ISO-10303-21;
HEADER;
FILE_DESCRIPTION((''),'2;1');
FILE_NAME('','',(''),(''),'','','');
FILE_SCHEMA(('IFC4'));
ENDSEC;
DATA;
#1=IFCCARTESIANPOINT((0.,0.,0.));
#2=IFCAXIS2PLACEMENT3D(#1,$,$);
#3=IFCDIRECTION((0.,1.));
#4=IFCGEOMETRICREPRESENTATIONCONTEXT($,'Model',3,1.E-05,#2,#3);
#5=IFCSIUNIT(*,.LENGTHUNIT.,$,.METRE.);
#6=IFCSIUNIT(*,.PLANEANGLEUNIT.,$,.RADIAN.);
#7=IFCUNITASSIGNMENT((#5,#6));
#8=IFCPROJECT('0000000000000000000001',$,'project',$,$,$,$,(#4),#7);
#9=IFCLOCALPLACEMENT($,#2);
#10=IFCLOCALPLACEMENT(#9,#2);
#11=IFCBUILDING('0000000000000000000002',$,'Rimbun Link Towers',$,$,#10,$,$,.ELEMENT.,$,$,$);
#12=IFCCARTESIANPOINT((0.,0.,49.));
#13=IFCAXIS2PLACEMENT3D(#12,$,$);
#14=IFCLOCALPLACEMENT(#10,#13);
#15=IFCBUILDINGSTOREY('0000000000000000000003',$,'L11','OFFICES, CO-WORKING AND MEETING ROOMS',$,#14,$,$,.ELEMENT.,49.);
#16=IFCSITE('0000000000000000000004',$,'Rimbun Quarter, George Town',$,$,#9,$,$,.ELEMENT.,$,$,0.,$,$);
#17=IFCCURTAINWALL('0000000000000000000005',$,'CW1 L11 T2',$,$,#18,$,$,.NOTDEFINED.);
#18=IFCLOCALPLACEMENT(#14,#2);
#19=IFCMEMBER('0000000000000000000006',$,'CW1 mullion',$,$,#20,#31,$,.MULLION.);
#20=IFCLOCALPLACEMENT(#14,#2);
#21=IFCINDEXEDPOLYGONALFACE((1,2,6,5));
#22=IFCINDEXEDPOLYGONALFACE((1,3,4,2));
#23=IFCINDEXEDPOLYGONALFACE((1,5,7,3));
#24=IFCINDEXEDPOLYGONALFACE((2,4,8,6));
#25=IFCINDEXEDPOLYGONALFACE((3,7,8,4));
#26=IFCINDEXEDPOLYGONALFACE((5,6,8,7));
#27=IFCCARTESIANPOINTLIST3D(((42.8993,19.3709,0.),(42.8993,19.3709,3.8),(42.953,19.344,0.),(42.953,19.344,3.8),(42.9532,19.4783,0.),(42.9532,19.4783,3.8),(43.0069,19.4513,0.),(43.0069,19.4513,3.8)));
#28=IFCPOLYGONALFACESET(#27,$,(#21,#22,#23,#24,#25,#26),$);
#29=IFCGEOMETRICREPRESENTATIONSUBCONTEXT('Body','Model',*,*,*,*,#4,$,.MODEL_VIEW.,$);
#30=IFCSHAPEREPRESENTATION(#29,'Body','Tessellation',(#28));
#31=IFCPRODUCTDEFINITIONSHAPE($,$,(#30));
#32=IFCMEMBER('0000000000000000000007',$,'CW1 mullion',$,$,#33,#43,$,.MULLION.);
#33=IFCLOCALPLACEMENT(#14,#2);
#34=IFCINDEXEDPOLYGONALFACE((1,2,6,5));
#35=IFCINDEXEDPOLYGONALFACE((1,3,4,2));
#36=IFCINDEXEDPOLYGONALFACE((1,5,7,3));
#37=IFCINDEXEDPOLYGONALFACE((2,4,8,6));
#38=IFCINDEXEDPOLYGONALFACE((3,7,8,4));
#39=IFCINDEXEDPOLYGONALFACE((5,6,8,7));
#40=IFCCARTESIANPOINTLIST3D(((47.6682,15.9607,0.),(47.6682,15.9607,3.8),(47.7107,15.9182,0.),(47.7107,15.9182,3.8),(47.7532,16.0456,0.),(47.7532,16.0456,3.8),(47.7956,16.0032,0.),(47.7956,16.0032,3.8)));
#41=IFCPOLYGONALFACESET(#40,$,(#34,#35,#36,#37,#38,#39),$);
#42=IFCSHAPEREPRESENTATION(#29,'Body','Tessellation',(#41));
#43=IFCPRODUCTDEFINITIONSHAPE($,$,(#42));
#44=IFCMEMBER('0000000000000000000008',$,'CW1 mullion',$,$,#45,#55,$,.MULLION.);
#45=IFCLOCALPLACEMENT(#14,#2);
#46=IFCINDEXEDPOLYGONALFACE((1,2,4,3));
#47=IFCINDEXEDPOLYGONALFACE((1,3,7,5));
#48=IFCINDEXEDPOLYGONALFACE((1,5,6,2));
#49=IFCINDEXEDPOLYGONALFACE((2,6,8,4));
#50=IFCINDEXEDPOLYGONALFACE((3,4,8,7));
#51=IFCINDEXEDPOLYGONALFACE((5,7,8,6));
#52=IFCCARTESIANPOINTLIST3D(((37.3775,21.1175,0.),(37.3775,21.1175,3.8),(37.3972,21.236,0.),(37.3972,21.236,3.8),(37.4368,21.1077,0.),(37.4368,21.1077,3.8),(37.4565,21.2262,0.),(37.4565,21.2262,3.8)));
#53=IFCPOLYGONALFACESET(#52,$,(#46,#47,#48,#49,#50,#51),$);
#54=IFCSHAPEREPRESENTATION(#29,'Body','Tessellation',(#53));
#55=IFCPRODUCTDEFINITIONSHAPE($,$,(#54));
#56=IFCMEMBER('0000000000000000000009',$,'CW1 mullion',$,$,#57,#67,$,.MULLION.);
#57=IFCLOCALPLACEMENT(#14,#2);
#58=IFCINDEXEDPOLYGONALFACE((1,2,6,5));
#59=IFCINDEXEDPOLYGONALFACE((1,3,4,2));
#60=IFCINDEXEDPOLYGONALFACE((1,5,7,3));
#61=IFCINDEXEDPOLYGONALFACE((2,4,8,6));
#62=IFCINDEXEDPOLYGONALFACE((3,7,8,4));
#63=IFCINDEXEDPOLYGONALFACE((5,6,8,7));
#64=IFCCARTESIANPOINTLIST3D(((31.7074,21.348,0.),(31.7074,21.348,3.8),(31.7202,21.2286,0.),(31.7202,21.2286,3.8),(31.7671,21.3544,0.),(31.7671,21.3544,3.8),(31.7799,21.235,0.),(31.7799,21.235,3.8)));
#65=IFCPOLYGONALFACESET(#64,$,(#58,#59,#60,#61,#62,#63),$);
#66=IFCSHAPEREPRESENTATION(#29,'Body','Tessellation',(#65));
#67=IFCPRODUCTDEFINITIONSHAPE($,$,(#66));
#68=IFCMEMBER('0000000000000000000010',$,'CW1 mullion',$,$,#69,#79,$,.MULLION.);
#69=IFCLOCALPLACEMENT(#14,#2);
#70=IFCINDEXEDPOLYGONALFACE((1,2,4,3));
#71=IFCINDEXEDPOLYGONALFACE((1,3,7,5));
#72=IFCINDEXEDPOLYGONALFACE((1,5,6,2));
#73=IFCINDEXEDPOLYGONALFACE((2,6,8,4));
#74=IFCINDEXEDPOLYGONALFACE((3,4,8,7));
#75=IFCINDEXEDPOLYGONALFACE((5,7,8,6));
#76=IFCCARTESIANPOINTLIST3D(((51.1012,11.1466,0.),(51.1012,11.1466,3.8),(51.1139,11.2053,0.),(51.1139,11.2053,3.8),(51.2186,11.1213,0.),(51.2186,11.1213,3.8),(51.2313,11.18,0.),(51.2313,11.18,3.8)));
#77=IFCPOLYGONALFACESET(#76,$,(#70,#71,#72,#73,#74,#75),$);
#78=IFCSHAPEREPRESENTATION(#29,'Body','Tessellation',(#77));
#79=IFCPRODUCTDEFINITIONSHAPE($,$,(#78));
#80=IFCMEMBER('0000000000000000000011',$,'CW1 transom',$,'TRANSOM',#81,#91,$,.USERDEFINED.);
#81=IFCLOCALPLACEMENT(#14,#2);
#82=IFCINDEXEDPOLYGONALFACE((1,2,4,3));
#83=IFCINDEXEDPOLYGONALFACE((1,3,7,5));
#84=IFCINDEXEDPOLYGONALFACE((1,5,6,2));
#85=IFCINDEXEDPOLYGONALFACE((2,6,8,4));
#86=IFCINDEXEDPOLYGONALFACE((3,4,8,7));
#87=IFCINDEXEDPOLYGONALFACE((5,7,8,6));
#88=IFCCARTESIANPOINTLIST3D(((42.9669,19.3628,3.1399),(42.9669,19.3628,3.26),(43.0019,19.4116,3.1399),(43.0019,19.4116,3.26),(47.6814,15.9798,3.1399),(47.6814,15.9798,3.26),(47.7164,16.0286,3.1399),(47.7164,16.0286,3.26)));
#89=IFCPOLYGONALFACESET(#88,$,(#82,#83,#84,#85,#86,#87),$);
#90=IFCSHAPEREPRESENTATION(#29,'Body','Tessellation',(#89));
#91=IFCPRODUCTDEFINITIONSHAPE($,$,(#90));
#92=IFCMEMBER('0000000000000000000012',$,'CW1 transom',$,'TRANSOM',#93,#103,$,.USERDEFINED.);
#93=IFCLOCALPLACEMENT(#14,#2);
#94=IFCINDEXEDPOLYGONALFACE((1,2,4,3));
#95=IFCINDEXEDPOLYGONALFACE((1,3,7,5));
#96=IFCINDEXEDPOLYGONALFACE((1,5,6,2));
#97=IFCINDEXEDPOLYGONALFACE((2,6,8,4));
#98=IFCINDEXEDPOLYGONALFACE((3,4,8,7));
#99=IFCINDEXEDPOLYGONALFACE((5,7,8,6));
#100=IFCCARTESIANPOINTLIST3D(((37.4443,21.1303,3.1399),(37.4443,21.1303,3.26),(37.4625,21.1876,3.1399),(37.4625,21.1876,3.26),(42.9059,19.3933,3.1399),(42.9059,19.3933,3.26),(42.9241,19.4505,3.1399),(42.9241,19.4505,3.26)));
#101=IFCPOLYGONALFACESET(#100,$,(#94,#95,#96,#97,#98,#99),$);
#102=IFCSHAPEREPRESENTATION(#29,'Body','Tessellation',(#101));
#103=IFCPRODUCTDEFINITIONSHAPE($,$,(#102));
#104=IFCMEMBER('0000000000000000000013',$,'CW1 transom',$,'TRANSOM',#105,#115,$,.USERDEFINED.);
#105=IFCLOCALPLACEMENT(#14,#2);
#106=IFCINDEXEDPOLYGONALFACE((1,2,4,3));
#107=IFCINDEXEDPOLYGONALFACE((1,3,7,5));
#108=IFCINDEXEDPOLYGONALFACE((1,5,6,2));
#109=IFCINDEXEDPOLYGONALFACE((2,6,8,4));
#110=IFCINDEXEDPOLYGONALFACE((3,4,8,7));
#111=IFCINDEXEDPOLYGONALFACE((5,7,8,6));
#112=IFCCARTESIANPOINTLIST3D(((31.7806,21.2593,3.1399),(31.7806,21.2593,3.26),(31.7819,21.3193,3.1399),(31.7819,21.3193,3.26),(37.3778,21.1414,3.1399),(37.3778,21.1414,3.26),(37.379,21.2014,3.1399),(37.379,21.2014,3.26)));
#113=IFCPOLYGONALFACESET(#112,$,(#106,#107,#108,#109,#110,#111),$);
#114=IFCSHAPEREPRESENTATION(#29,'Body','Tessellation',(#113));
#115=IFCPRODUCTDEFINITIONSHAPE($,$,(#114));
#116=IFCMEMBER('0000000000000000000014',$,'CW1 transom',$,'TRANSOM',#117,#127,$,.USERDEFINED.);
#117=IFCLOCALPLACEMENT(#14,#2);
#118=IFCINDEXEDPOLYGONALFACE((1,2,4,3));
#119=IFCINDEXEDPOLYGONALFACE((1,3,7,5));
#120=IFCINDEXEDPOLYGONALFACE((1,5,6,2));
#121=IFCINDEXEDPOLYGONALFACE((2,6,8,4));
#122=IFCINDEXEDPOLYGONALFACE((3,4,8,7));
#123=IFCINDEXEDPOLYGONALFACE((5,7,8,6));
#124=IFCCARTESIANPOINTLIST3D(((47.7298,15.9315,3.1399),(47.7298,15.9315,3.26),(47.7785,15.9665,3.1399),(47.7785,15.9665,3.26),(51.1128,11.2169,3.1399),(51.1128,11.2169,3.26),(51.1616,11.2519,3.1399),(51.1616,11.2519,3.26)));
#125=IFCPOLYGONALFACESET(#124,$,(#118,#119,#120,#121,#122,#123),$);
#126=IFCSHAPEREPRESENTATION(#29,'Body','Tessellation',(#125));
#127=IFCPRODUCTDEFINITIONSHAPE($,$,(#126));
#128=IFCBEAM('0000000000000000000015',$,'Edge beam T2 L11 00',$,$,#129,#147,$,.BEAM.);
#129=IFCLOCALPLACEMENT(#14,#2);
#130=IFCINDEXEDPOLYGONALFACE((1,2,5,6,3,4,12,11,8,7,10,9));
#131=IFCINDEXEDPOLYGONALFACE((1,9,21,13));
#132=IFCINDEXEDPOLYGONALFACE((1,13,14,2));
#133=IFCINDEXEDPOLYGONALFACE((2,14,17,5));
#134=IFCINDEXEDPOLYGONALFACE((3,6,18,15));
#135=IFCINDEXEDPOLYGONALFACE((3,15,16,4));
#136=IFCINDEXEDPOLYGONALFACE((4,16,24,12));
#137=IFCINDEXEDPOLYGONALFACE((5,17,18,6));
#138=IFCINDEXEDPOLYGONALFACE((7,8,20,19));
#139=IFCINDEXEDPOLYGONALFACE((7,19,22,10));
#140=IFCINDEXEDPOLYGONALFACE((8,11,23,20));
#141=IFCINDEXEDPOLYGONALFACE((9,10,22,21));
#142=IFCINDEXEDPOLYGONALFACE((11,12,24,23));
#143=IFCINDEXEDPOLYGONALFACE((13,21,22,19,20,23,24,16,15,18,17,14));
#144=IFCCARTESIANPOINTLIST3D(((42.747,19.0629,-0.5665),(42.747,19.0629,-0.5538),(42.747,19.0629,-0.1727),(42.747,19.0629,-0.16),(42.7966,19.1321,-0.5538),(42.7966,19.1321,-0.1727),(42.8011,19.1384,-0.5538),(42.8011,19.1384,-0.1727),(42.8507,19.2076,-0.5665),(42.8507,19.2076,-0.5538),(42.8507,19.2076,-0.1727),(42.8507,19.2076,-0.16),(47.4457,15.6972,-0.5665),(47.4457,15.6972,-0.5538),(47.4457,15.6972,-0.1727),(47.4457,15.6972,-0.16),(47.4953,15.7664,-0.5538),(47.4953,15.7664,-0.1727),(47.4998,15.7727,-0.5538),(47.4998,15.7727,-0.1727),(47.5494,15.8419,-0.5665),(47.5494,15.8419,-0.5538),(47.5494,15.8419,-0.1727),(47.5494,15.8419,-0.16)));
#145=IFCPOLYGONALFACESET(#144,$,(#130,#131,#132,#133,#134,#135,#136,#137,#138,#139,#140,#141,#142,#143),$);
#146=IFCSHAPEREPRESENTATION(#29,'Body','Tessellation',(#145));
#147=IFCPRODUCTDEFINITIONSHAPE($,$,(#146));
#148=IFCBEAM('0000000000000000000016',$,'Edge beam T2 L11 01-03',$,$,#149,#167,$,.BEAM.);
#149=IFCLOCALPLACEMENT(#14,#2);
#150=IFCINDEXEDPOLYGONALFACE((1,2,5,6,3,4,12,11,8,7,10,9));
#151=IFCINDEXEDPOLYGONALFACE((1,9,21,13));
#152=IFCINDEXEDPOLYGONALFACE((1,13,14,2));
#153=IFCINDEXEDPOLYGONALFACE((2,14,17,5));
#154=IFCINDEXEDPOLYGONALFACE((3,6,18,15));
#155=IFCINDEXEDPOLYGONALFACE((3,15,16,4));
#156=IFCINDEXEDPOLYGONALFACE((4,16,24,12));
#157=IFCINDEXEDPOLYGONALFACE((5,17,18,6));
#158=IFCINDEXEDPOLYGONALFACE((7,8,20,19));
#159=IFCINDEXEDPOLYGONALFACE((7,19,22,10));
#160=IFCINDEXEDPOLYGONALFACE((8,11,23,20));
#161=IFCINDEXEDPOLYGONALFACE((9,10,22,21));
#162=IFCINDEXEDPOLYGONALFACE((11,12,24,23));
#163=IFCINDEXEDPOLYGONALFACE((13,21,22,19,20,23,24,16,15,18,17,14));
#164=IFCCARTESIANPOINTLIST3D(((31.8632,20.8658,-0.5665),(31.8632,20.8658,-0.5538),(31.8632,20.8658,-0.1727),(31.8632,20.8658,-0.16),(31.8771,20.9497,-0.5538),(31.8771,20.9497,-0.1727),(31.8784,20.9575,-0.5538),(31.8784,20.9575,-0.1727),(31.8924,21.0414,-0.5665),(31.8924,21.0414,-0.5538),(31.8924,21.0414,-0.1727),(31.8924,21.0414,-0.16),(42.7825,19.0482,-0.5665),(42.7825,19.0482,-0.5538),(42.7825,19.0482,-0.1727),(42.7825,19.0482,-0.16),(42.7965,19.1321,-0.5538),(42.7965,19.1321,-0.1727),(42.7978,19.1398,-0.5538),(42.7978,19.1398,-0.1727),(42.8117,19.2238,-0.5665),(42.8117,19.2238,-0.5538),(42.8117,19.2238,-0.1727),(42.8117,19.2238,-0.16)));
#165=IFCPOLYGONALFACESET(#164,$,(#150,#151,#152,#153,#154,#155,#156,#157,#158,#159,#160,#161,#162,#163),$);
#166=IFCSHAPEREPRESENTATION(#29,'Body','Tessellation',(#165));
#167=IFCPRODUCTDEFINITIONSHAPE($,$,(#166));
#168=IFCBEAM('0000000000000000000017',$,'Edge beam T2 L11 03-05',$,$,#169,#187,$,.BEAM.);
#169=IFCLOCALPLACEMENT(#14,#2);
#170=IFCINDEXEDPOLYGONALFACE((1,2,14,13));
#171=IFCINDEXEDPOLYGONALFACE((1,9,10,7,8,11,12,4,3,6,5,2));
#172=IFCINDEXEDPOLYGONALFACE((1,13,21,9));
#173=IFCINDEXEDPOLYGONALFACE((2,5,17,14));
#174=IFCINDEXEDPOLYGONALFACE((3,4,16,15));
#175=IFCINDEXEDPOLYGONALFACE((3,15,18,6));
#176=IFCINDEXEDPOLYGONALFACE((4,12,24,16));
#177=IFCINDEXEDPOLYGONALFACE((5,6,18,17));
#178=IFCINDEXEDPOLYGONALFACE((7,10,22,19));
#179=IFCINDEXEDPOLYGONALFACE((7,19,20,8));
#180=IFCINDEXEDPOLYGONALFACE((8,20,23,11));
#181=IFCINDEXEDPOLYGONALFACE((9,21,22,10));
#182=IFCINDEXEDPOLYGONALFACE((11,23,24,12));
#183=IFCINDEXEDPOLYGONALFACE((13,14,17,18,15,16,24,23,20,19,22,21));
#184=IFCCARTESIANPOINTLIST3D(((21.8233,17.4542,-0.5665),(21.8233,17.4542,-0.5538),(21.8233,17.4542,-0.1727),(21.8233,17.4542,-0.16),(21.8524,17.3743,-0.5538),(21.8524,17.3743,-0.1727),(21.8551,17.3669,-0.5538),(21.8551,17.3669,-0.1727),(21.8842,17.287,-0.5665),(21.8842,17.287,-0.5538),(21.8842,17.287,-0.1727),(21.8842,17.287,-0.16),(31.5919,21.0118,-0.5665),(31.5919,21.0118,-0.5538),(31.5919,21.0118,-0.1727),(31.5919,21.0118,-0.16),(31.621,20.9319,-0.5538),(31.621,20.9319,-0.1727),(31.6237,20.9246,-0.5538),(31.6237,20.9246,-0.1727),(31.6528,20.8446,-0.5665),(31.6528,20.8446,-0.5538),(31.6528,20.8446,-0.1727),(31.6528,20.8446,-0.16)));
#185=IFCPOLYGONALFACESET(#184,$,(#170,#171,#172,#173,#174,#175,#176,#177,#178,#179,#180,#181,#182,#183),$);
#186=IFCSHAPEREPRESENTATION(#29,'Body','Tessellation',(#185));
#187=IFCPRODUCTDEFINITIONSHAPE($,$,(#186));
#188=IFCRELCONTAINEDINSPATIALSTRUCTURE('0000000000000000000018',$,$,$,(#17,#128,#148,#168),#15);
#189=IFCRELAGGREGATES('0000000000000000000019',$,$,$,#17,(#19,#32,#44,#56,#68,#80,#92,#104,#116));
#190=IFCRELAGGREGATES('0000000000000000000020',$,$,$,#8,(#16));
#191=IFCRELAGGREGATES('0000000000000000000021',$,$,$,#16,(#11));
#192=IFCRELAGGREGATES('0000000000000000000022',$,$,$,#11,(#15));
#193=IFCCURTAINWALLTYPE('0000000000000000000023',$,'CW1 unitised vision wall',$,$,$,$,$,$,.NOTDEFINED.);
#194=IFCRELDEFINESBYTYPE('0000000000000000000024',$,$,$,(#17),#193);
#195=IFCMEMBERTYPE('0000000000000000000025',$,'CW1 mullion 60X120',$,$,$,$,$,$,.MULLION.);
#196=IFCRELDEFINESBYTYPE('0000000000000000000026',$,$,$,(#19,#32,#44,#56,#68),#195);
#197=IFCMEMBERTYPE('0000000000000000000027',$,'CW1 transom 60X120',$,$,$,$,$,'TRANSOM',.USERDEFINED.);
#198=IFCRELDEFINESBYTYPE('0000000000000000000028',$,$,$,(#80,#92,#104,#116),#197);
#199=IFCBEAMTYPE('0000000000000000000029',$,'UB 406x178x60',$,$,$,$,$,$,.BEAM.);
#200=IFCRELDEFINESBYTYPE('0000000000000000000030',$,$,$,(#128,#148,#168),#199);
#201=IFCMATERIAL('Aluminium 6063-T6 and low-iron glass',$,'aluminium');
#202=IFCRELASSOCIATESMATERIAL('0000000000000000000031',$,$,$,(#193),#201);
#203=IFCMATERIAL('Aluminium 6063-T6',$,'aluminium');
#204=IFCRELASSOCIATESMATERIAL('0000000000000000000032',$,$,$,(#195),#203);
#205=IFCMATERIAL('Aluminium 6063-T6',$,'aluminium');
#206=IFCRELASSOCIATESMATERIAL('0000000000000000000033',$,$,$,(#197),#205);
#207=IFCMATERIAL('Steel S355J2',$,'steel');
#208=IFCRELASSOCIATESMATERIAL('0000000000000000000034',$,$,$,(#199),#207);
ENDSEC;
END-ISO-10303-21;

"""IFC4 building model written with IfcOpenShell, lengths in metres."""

from ifc_helpers import new_model, si_unit, direction, frame, origin, origin_2d, place, context, subcontext, project, spatial, rectangle, i_section, extrude, material, material_profile, profile_set, type_object, element, aggregate, save


model = new_model("IFC4")

# Units and contexts
model_context = context("Model", 3, precision=1e-05, world=origin(), true_north=direction((0.0, 1.0)))
body_context = subcontext(model_context, "Body", "Model", "MODEL_VIEW")
ifc_project = project(units=[si_unit("LENGTHUNIT", "METRE"), si_unit("PLANEANGLEUNIT", "RADIAN")], contexts=[model_context])

# Site, building, storey
site_placement = place(None, origin())
site = spatial("IfcSite", under=ifc_project, at=site_placement, Name="Rimbun Quarter, George Town", CompositionType="ELEMENT", RefElevation=0.0)
building_placement = place(site_placement, origin())
building = spatial("IfcBuilding", under=site, at=building_placement, Name="Rimbun Link Towers", CompositionType="ELEMENT")
storey_placement = place(building_placement, frame((0.0, 0.0, 49.0)))
storey = spatial("IfcBuildingStorey", under=building, at=storey_placement, Name="L11", Description="OFFICES, CO-WORKING AND MEETING ROOMS", CompositionType="ELEMENT", Elevation=49.0)

# Curtain wall, members
ifc_material_1 = material(Name="Aluminium 6063-T6 and low-iron glass", Category="aluminium")
curtain_wall_type = type_object("IfcCurtainWallType", Name="CW1 unitised vision wall", PredefinedType="NOTDEFINED", material=ifc_material_1)
curtain_wall_placement = place(storey_placement, origin())
curtain_wall = element("IfcCurtainWall", 1, at=curtain_wall_placement, inside=storey, type_object=curtain_wall_type, Name="CW1 L11 T2", PredefinedType="NOTDEFINED")
ifc_material_2 = material(Name="Aluminium 6063-T6", Category="aluminium")
ifc_material_profile_1 = material_profile(ifc_material_2, rectangle(XDim=0.1201, YDim=0.0601, at=origin_2d()), Name="MULLION 60X120")
ifc_profile_set_1 = profile_set([ifc_material_profile_1], Name="Aluminium 6063-T6")
member_type_1 = type_object("IfcMemberType", Name="CW1 mullion 60X120", PredefinedType="MULLION", material=ifc_profile_set_1)
member_1_placement = place(storey_placement, frame((42.9531, 19.4111, 0.0), z_axis=(0.0, 0.0, 1.0), x_axis=(0.448568, 0.893749, 0.0)))
member_1 = element("IfcMember", 2, at=member_1_placement, type_object=member_type_1, Name="CW1 mullion", PredefinedType="MULLION", context=body_context, shape_type="SweptSolid", body=[
    extrude(rectangle(XDim=0.1201, YDim=0.0601, at=origin_2d()), origin(), (0.0, 0.0, 1.0), 3.8),
])
member_2_placement = place(storey_placement, frame((47.7319, 15.9819, 0.0), z_axis=(0.0, 0.0, 1.0), x_axis=(0.707107, 0.707107, 0.0)))
member_2 = element("IfcMember", 3, at=member_2_placement, type_object=member_type_1, Name="CW1 mullion", PredefinedType="MULLION", context=body_context, shape_type="SweptSolid", body=[
    extrude(rectangle(XDim=0.1201, YDim=0.0601, at=origin_2d()), origin(), (0.0, 0.0, 1.0), 3.8),
])
member_3_placement = place(storey_placement, frame((37.417, 21.1719, 0.0), z_axis=(0.0, 0.0, 1.0), x_axis=(0.16375, 0.986502, 0.0)))
member_3 = element("IfcMember", 4, at=member_3_placement, type_object=member_type_1, Name="CW1 mullion", PredefinedType="MULLION", context=body_context, shape_type="SweptSolid", body=[
    extrude(rectangle(XDim=0.1201, YDim=0.0601, at=origin_2d()), origin(), (0.0, 0.0, 1.0), 3.8),
])
member_4_placement = place(storey_placement, frame((31.7437, 21.2915, 0.0), z_axis=(0.0, 0.0, 1.0), x_axis=(-0.106643, 0.994297, 0.0)))
member_4 = element("IfcMember", 5, at=member_4_placement, type_object=member_type_1, Name="CW1 mullion", PredefinedType="MULLION", context=body_context, shape_type="SweptSolid", body=[
    extrude(rectangle(XDim=0.1201, YDim=0.0601, at=origin_2d()), origin(), (0.0, 0.0, 1.0), 3.8),
])
member_5_placement = place(storey_placement, frame((51.1663, 11.1633, 0.0), z_axis=(0.0, 0.0, 1.0), x_axis=(0.977529, -0.210802, 0.0)))
member_5 = element("IfcMember", 6, at=member_5_placement, type_object=member_type_1, Name="CW1 mullion", PredefinedType="MULLION", context=body_context, shape_type="SweptSolid", body=[
    extrude(rectangle(XDim=0.1201, YDim=0.0601, at=origin_2d()), origin(), (0.0, 0.0, 1.0), 3.8),
])
ifc_material_3 = material(Name="Aluminium 6063-T6", Category="aluminium")
ifc_material_profile_2 = material_profile(ifc_material_3, rectangle(XDim=0.0601, YDim=0.1201, at=origin_2d()), Name="TRANSOM 60X120")
ifc_profile_set_2 = profile_set([ifc_material_profile_2], Name="Aluminium 6063-T6")
member_type_2 = type_object("IfcMemberType", Name="CW1 transom 60X120", ElementType="TRANSOM", PredefinedType="USERDEFINED", material=ifc_profile_set_2)
member_6_placement = place(storey_placement, frame((42.9844, 19.3872, 3.2), z_axis=(0.812469, -0.583004, 0.0), x_axis=(0.583004, 0.812469, 0.0)))
member_6 = element("IfcMember", 7, at=member_6_placement, type_object=member_type_2, Name="CW1 transom", ObjectType="TRANSOM", PredefinedType="USERDEFINED", context=body_context, shape_type="SweptSolid", body=[
    extrude(rectangle(XDim=0.0601, YDim=0.1201, at=origin_2d()), origin(), (0.0, 0.0, 1.0), 5.8027),
])
member_7_placement = place(storey_placement, frame((37.4534, 21.1589, 3.2), z_axis=(0.952963, -0.303086, 0.0), x_axis=(0.303086, 0.952963, 0.0)))
member_7 = element("IfcMember", 8, at=member_7_placement, type_object=member_type_2, Name="CW1 transom", ObjectType="TRANSOM", PredefinedType="USERDEFINED", context=body_context, shape_type="SweptSolid", body=[
    extrude(rectangle(XDim=0.0601, YDim=0.1201, at=origin_2d()), origin(), (0.0, 0.0, 1.0), 5.7312),
])
member_8_placement = place(storey_placement, frame((31.7812, 21.2893, 3.2), z_axis=(0.999778, -0.021063, 0.0), x_axis=(0.021063, 0.999778, 0.0)))
member_8 = element("IfcMember", 9, at=member_8_placement, type_object=member_type_2, Name="CW1 transom", ObjectType="TRANSOM", PredefinedType="USERDEFINED", context=body_context, shape_type="SweptSolid", body=[
    extrude(rectangle(XDim=0.0601, YDim=0.1201, at=origin_2d()), origin(), (0.0, 0.0, 1.0), 5.5984),
])
member_9_placement = place(storey_placement, frame((47.7542, 15.949, 3.2), z_axis=(0.583004, -0.812469, 0.0), x_axis=(0.812469, 0.583004, 0.0)))
member_9 = element("IfcMember", 10, at=member_9_placement, type_object=member_type_2, Name="CW1 transom", ObjectType="TRANSOM", PredefinedType="USERDEFINED", context=body_context, shape_type="SweptSolid", body=[
    extrude(rectangle(XDim=0.0601, YDim=0.1201, at=origin_2d()), origin(), (0.0, 0.0, 1.0), 5.8027),
])

# Beams
ifc_material_4 = material(Name="Steel S355J2", Category="steel")
ifc_material_profile_3 = material_profile(ifc_material_4, i_section(OverallWidth=0.178, OverallDepth=0.4065, WebThickness=0.0078, FlangeThickness=0.0127, at=origin_2d()), Name="UB 406x178x60")
ifc_profile_set_3 = profile_set([ifc_material_profile_3], Name="Steel S355J2")
beam_type = type_object("IfcBeamType", Name="UB 406x178x60", PredefinedType="BEAM", material=ifc_profile_set_3)
beam_1_placement = place(storey_placement, frame((47.4976, 15.7695, -0.3633), z_axis=(-0.812956, 0.582325, 0.0), x_axis=(-0.582325, -0.812956, 0.0)))
element("IfcBeam", 11, at=beam_1_placement, inside=storey, type_object=beam_type, Name="Edge beam T2 L11 00", PredefinedType="BEAM", context=body_context, shape_type="SweptSolid", body=[
    extrude(i_section(OverallWidth=0.178, OverallDepth=0.4065, WebThickness=0.0078, FlangeThickness=0.0127, at=origin_2d()), origin(), (0.0, 0.0, 1.0), 5.7798),
])
beam_2_placement = place(storey_placement, frame((42.7971, 19.136, -0.3633), z_axis=(-0.986427, 0.164199, 0.0), x_axis=(-0.164199, -0.986427, 0.0)))
element("IfcBeam", 12, at=beam_2_placement, inside=storey, type_object=beam_type, Name="Edge beam T2 L11 01-03", PredefinedType="BEAM", context=body_context, shape_type="SweptSolid", body=[
    extrude(i_section(OverallWidth=0.178, OverallDepth=0.4065, WebThickness=0.0078, FlangeThickness=0.0127, at=origin_2d()), origin(), (0.0, 0.0, 1.0), 11.0696),
])
beam_3_placement = place(storey_placement, frame((31.6223, 20.9282, -0.3633), z_axis=(-0.939626, -0.342203, 0.0), x_axis=(0.342203, -0.939626, 0.0)))
element("IfcBeam", 13, at=beam_3_placement, inside=storey, type_object=beam_type, Name="Edge beam T2 L11 03-05", PredefinedType="BEAM", context=body_context, shape_type="SweptSolid", body=[
    extrude(i_section(OverallWidth=0.178, OverallDepth=0.4065, WebThickness=0.0078, FlangeThickness=0.0127, at=origin_2d()), origin(), (0.0, 0.0, 1.0), 10.3962),
])

aggregate(curtain_wall, [member_1, member_2, member_3, member_4, member_5, member_6, member_7, member_8, member_9])

save(model, "model.ifc")
